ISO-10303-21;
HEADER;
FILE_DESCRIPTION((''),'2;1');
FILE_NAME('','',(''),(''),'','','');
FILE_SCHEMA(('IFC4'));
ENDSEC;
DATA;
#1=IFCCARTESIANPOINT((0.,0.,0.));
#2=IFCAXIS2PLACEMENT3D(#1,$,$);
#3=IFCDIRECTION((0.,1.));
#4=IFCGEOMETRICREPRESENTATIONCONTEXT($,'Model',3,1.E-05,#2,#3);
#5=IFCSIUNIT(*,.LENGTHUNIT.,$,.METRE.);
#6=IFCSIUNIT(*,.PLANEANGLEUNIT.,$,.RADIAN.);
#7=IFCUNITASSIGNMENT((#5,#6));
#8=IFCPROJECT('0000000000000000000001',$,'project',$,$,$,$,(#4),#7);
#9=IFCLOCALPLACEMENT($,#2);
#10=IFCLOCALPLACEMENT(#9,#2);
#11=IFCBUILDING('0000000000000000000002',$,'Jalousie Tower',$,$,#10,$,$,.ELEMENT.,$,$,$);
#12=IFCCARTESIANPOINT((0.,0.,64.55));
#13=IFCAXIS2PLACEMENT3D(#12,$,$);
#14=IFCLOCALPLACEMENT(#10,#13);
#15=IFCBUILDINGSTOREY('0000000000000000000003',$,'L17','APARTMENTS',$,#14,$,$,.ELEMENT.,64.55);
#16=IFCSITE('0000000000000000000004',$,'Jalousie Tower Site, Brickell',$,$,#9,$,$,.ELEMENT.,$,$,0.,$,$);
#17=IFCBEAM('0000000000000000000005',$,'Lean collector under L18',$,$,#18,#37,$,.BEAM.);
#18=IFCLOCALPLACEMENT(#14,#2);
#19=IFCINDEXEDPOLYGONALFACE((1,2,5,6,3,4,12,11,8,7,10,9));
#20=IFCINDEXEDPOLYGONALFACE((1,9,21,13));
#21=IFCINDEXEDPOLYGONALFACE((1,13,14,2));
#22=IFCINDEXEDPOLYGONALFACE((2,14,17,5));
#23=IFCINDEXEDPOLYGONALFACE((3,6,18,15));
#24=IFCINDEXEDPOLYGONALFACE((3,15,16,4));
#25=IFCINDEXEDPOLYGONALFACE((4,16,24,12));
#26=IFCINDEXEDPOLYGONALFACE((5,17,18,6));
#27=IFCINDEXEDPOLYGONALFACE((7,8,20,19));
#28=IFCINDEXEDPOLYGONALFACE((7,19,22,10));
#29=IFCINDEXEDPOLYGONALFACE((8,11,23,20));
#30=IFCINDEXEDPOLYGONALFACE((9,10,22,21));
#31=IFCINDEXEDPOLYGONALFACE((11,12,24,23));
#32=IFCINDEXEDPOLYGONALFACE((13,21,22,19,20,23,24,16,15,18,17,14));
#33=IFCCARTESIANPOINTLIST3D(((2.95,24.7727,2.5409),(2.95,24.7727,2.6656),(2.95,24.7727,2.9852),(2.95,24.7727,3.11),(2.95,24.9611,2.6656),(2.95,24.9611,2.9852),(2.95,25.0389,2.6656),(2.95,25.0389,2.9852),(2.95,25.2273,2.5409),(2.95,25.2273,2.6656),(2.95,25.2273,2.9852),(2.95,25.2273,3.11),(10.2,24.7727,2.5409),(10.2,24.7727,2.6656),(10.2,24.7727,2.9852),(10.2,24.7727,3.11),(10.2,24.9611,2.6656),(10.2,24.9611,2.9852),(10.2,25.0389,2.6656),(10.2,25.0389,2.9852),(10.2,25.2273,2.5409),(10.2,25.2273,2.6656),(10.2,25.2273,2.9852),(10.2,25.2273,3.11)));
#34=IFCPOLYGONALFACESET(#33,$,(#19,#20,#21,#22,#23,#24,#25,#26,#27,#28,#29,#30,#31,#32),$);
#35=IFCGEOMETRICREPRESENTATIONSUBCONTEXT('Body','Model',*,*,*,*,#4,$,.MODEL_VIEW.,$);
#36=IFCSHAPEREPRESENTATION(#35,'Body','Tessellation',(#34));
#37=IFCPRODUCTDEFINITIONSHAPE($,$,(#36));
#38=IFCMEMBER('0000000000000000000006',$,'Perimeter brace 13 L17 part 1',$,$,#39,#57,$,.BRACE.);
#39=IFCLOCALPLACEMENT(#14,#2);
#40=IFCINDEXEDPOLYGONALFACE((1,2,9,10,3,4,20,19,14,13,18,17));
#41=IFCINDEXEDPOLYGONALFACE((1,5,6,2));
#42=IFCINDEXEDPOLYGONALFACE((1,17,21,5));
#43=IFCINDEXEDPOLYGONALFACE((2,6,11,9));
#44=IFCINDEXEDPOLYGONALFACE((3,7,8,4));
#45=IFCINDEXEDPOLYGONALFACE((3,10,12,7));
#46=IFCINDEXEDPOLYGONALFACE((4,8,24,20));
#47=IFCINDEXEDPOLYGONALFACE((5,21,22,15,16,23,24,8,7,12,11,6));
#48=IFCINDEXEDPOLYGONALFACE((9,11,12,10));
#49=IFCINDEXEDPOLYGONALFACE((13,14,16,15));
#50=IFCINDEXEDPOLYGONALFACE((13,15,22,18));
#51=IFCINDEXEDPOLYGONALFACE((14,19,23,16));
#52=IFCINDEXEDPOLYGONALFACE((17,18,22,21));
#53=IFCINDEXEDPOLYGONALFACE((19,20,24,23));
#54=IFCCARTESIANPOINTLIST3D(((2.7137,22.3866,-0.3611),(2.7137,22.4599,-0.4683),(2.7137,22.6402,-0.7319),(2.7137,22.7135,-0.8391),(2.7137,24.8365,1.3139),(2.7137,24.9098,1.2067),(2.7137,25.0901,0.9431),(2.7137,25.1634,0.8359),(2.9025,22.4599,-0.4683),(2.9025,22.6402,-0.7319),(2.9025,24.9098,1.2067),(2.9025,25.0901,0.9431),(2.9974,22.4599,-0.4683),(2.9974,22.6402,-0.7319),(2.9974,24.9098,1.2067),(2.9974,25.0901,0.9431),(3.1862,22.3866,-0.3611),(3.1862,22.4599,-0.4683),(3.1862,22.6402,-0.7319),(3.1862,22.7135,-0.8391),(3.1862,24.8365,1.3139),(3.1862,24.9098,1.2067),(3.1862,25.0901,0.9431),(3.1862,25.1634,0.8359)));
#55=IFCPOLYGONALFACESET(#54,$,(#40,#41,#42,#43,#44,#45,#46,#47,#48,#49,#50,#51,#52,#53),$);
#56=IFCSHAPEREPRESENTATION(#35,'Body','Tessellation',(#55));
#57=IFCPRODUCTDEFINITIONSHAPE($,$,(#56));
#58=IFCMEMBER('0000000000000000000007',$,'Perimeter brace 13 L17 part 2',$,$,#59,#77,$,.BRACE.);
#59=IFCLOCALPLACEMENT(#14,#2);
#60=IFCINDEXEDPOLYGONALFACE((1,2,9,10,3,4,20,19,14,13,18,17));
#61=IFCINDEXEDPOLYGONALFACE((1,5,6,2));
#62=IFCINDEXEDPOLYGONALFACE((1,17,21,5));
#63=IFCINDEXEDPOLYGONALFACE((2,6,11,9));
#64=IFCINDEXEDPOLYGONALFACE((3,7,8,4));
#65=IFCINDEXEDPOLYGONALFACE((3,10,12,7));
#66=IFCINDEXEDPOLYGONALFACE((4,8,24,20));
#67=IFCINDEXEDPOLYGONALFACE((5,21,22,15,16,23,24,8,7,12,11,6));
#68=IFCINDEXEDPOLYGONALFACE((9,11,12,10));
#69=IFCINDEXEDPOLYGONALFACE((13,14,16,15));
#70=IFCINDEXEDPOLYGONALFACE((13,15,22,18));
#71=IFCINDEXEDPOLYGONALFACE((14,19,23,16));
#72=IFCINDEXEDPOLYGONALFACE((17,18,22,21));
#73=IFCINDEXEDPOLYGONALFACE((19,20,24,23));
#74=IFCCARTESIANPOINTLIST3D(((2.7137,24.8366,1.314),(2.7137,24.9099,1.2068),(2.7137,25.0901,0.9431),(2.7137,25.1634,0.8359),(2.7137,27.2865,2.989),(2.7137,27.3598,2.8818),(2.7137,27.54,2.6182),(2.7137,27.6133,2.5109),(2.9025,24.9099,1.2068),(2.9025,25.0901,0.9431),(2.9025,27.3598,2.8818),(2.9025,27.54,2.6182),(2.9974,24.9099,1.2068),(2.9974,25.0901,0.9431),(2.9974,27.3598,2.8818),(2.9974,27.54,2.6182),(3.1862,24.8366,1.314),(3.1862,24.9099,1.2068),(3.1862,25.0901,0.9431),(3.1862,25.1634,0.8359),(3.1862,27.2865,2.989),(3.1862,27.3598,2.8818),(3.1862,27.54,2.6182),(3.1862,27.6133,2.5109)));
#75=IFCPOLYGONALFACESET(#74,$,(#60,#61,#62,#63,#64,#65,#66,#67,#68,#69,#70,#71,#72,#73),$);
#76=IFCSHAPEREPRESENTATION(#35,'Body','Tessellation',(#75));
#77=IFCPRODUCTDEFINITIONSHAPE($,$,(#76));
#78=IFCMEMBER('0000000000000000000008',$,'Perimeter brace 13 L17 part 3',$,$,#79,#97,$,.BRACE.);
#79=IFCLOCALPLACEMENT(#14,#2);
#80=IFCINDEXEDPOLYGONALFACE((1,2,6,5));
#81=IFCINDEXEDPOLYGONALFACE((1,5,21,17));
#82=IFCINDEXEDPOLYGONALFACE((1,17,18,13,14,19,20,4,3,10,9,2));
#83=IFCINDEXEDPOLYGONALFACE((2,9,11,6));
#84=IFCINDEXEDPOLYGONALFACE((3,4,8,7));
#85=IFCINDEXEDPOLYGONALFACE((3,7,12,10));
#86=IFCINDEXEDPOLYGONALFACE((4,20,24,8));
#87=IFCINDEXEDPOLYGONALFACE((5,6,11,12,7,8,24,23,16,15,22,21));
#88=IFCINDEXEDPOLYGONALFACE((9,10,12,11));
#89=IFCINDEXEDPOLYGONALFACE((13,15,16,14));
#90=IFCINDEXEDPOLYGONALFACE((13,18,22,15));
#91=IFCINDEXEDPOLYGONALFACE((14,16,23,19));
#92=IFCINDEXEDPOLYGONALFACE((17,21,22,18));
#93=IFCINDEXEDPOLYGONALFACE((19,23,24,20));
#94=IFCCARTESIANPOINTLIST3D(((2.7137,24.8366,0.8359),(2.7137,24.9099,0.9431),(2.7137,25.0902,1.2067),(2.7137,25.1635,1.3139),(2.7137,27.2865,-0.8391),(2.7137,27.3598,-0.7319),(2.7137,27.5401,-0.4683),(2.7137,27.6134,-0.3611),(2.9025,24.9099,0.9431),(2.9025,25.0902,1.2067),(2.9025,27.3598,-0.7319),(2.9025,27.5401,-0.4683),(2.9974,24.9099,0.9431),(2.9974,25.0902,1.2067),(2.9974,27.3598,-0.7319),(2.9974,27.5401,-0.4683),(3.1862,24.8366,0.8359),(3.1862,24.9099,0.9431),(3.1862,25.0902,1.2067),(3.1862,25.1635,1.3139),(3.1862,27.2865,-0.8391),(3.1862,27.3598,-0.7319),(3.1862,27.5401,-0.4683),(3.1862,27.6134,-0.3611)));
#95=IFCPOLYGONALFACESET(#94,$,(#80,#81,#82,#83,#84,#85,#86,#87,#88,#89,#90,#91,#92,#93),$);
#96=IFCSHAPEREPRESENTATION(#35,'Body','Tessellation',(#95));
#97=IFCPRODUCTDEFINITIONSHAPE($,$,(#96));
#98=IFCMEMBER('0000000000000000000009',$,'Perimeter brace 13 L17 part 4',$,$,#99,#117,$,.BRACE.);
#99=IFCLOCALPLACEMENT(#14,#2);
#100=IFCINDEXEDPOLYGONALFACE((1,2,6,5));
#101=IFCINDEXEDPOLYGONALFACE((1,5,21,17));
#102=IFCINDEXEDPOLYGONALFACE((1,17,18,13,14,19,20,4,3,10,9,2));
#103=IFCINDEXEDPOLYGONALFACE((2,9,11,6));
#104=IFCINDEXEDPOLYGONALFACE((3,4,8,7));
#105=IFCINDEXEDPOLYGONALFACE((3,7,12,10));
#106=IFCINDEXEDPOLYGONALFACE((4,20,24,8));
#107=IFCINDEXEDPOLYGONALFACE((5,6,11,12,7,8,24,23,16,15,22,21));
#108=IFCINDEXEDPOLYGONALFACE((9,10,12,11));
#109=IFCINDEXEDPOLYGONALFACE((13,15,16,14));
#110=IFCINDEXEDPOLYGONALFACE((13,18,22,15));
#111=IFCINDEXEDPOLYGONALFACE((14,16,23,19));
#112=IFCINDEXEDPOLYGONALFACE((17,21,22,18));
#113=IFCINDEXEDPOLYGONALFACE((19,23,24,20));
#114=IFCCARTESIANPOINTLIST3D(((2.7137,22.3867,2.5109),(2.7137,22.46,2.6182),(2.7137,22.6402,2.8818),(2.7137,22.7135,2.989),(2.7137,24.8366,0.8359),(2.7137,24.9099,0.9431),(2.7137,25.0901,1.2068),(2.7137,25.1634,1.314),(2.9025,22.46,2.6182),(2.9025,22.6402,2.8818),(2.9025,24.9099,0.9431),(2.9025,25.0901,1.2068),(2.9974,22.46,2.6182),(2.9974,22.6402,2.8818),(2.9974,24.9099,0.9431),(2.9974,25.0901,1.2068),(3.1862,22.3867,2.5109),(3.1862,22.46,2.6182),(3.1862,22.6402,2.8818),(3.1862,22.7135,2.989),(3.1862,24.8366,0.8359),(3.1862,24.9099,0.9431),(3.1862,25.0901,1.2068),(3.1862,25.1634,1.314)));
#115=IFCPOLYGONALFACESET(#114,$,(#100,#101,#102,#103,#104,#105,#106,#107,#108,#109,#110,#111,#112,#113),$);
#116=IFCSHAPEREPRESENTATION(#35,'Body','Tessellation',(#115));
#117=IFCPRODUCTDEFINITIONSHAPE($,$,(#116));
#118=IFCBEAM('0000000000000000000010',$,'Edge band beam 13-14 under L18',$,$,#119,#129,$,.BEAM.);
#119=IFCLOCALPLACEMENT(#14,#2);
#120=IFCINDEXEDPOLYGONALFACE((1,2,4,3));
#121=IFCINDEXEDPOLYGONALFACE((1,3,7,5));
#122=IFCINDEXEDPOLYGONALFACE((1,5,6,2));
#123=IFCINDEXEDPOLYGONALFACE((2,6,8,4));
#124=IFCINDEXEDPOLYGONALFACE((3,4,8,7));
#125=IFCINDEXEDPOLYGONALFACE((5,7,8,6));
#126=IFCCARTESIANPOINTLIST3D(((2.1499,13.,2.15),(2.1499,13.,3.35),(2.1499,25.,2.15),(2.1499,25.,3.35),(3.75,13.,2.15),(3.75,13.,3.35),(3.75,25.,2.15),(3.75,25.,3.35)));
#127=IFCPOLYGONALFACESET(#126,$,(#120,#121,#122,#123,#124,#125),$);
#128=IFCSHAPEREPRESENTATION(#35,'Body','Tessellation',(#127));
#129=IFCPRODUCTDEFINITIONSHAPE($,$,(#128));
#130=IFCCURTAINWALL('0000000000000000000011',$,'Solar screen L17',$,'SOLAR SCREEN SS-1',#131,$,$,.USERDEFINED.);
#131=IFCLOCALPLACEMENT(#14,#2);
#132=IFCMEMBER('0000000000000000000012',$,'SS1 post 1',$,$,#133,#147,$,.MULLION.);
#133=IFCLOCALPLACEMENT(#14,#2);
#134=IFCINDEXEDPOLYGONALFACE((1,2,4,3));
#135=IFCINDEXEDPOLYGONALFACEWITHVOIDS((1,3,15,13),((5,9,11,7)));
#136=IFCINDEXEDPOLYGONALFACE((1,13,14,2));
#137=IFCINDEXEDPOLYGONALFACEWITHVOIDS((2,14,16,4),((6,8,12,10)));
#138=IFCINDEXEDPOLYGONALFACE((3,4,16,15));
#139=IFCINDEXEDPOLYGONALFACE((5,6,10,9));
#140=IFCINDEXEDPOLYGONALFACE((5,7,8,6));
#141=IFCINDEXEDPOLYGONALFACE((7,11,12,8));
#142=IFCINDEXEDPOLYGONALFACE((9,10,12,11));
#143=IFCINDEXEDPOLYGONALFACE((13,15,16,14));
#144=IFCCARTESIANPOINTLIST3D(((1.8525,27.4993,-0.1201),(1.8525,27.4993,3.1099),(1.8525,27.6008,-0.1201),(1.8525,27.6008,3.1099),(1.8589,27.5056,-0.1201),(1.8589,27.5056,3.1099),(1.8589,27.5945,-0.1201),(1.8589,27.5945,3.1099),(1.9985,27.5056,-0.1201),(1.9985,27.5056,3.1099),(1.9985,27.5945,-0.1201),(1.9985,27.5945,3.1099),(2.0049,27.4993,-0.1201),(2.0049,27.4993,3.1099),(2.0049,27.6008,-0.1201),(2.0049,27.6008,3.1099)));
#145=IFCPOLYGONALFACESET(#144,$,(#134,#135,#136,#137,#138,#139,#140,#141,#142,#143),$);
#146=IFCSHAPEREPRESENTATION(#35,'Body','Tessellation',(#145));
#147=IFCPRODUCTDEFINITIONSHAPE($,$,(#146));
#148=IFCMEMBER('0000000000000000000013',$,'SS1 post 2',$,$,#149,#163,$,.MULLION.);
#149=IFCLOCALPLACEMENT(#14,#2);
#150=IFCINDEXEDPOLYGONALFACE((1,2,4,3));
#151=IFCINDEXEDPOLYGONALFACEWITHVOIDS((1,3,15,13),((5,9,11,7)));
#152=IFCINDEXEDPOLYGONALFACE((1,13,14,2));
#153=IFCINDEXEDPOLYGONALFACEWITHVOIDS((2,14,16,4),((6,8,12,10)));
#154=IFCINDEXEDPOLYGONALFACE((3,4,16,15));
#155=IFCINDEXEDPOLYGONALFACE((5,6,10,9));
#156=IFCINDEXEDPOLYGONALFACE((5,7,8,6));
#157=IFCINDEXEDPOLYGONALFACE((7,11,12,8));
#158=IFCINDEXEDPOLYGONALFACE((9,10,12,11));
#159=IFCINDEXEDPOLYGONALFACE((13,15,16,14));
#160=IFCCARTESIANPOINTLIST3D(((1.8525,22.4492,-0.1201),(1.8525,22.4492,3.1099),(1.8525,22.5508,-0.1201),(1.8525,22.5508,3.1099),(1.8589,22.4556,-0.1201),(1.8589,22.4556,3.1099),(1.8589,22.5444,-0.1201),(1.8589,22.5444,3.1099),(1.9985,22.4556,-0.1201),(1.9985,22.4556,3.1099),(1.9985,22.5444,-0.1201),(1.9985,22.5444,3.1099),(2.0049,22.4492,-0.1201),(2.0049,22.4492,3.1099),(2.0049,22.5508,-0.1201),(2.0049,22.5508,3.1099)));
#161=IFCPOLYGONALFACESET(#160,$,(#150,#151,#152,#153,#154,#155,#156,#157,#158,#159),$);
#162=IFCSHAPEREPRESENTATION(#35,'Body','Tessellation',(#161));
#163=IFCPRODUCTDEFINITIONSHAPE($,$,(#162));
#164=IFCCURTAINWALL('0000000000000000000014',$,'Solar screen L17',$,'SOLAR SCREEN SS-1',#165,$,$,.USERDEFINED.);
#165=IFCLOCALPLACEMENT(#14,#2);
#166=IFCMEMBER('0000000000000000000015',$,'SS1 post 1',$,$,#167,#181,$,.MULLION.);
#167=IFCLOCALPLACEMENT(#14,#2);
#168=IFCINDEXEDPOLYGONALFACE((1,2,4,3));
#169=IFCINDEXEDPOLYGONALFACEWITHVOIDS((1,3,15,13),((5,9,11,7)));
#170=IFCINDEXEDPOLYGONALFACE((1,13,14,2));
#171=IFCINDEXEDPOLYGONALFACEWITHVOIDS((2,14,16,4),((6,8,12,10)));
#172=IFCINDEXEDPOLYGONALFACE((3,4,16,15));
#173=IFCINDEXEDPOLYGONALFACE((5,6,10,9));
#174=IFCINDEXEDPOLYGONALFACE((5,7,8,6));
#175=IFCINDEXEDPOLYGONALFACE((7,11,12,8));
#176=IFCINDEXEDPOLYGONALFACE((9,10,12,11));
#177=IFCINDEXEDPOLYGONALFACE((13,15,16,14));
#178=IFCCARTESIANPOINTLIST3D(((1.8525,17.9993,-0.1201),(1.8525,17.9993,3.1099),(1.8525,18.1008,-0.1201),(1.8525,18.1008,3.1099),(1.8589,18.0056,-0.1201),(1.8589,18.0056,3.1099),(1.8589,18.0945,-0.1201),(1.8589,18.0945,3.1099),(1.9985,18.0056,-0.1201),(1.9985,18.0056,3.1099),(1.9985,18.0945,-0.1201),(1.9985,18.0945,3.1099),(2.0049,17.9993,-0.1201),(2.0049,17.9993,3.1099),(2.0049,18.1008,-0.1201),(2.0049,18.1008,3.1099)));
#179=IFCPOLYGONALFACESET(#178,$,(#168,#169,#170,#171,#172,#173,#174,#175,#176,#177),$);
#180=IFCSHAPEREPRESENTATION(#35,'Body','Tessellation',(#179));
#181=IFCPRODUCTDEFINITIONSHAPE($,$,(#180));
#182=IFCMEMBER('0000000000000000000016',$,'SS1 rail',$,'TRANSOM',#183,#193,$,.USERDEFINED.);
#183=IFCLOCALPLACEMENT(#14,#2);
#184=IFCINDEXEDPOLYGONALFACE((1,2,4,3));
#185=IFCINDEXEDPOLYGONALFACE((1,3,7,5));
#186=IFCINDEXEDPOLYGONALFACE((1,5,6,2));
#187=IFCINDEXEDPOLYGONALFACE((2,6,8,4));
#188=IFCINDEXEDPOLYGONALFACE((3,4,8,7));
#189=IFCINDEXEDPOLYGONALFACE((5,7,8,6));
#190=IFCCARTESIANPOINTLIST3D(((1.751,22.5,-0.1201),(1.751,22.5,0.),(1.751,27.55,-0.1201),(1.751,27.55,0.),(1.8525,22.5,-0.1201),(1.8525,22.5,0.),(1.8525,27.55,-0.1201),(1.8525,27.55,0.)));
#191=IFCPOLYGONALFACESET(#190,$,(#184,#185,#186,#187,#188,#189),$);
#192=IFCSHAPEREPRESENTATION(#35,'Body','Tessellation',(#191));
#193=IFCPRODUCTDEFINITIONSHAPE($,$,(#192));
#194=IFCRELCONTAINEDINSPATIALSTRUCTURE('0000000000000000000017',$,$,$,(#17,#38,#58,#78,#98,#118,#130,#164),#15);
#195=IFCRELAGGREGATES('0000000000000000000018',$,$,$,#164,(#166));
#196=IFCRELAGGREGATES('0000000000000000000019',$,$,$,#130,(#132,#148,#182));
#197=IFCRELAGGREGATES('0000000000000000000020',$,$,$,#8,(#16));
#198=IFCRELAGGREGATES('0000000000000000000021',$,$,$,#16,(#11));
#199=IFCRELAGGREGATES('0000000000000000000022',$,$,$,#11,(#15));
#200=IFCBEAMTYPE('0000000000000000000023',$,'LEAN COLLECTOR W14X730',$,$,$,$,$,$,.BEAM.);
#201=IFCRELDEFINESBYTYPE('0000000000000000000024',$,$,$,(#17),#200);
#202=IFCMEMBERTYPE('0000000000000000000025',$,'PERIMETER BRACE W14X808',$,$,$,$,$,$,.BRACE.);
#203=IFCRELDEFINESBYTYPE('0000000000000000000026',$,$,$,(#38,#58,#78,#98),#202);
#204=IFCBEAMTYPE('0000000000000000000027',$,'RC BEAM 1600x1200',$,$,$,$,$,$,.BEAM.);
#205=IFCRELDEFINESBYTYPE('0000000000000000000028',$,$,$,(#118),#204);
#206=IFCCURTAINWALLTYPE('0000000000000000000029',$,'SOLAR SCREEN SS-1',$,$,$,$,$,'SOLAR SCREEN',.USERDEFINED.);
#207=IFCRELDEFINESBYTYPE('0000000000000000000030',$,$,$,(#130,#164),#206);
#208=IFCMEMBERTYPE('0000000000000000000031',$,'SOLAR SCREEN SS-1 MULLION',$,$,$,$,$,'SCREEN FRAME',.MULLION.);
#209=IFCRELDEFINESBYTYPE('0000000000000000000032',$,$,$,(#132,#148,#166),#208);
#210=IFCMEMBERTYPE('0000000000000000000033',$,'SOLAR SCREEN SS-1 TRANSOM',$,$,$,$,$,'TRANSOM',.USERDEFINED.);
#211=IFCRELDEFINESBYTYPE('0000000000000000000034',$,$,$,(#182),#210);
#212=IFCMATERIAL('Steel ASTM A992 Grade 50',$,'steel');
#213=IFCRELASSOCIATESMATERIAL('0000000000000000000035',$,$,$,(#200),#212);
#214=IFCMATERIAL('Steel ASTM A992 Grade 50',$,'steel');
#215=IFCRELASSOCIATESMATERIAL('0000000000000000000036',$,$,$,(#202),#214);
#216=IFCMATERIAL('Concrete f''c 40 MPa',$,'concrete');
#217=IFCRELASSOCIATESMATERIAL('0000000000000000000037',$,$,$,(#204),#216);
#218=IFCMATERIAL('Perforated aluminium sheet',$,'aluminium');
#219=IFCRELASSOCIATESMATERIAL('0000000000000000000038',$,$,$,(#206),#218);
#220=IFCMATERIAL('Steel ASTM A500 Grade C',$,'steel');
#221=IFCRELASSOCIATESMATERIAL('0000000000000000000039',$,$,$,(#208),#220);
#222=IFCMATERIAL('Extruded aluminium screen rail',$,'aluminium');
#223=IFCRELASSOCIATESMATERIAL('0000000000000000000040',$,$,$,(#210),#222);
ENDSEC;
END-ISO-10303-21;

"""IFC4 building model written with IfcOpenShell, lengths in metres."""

from ifc_helpers import new_model, si_unit, direction, frame, origin, origin_2d, place, context, subcontext, project, spatial, rectangle, hollow_rectangle, i_section, extrude, material, material_profile, profile_set, type_object, element, aggregate, save


model = new_model("IFC4")

# Units and contexts
model_context = context("Model", 3, precision=1e-05, world=origin(), true_north=direction((0.0, 1.0)))
body_context = subcontext(model_context, "Body", "Model", "MODEL_VIEW")
ifc_project = project(units=[si_unit("LENGTHUNIT", "METRE"), si_unit("PLANEANGLEUNIT", "RADIAN")], contexts=[model_context])

# Site, building, storey
site_placement = place(None, origin())
site = spatial("IfcSite", under=ifc_project, at=site_placement, Name="Jalousie Tower Site, Brickell", CompositionType="ELEMENT", RefElevation=0.0)
building_placement = place(site_placement, origin())
building = spatial("IfcBuilding", under=site, at=building_placement, Name="Jalousie Tower", CompositionType="ELEMENT")
storey_placement = place(building_placement, frame((0.0, 0.0, 64.55)))
storey = spatial("IfcBuildingStorey", under=building, at=storey_placement, Name="L17", Description="APARTMENTS", CompositionType="ELEMENT", Elevation=64.55)

# Beam
ifc_material_1 = material(Name="Steel ASTM A992 Grade 50", Category="steel")
ifc_material_profile_1 = material_profile(ifc_material_1, i_section(OverallWidth=0.4546, OverallDepth=0.5691, WebThickness=0.0779, FlangeThickness=0.1248, at=origin_2d()), Name="W14X730")
ifc_profile_set_1 = profile_set([ifc_material_profile_1], Name="Steel ASTM A992 Grade 50")
beam_type_1 = type_object("IfcBeamType", Name="LEAN COLLECTOR W14X730", PredefinedType="BEAM", material=ifc_profile_set_1)
beam_1_placement = place(storey_placement, frame((2.95, 25.0, 2.8254), z_axis=(1.0, 0.0, 0.0), x_axis=(0.0, 1.0, 0.0)))
element("IfcBeam", 1, at=beam_1_placement, inside=storey, type_object=beam_type_1, Name="Lean collector under L18", PredefinedType="BEAM", context=body_context, shape_type="SweptSolid", body=[
    extrude(i_section(OverallWidth=0.4546, OverallDepth=0.5691, WebThickness=0.0779, FlangeThickness=0.1248, at=origin_2d()), origin(), (0.0, 0.0, 1.0), 7.25),
])

# Members
ifc_material_2 = material(Name="Steel ASTM A992 Grade 50", Category="steel")
ifc_material_profile_2 = material_profile(ifc_material_2, i_section(OverallWidth=0.4724, OverallDepth=0.5791, WebThickness=0.095, FlangeThickness=0.1299, at=origin_2d()), Name="W14X808")
ifc_profile_set_2 = profile_set([ifc_material_profile_2], Name="Steel ASTM A992 Grade 50")
member_type_1 = type_object("IfcMemberType", Name="PERIMETER BRACE W14X808", PredefinedType="BRACE", material=ifc_profile_set_2)
for number, where, z_axis, x_axis, name in (
    (2, (2.95, 22.55, -0.6001), (0.0, 0.825501, 0.564401), (-1.0, 0.0, 0.0), "Perimeter brace 13 L17 part 1"),
    (3, (2.95, 25.0, 1.075), (0.0, 0.825501, 0.564401), (-1.0, 0.0, 0.0), "Perimeter brace 13 L17 part 2"),
    (4, (2.95, 27.45, -0.6001), (0.0, -0.825501, 0.564401), (1.0, 0.0, 0.0), "Perimeter brace 13 L17 part 3"),
    (5, (2.95, 25.0, 1.075), (0.0, -0.825501, 0.564401), (1.0, 0.0, 0.0), "Perimeter brace 13 L17 part 4"),
):
    element("IfcMember", number, at=place(storey_placement, frame(where, z_axis=z_axis, x_axis=x_axis)), inside=storey, type_object=member_type_1, Name=name, PredefinedType="BRACE", context=body_context, shape_type="SweptSolid", body=[
        extrude(i_section(OverallWidth=0.4724, OverallDepth=0.5791, WebThickness=0.095, FlangeThickness=0.1299, at=origin_2d()), origin(), (0.0, 0.0, 1.0), 2.9678),
    ])

# Beam
ifc_material_3 = material(Name="Concrete f'c 40 MPa", Category="concrete")
ifc_material_profile_3 = material_profile(ifc_material_3, rectangle(XDim=1.6001, YDim=1.2, at=origin_2d()), Name="RC 1600x1200")
ifc_profile_set_3 = profile_set([ifc_material_profile_3], Name="Concrete f'c 40 MPa")
beam_type_2 = type_object("IfcBeamType", Name="RC BEAM 1600x1200", PredefinedType="BEAM", material=ifc_profile_set_3)
beam_2_placement = place(storey_placement, frame((2.95, 25.0, 2.75), z_axis=(0.0, -1.0, 0.0), x_axis=(1.0, 0.0, 0.0)))
element("IfcBeam", 6, at=beam_2_placement, inside=storey, type_object=beam_type_2, Name="Edge band beam 13-14 under L18", PredefinedType="BEAM", context=body_context, shape_type="SweptSolid", body=[
    extrude(rectangle(XDim=1.6001, YDim=1.2, at=origin_2d()), origin(), (0.0, 0.0, 1.0), 12.0),
])

# Curtain wall, members
ifc_material_4 = material(Name="Perforated aluminium sheet", Category="aluminium")
curtain_wall_type = type_object("IfcCurtainWallType", Name="SOLAR SCREEN SS-1", ElementType="SOLAR SCREEN", PredefinedType="USERDEFINED", material=ifc_material_4)
curtain_wall_1_placement = place(storey_placement, origin())
curtain_wall_1 = element("IfcCurtainWall", 7, at=curtain_wall_1_placement, inside=storey, type_object=curtain_wall_type, Name="Solar screen L17", ObjectType="SOLAR SCREEN SS-1", PredefinedType="USERDEFINED")
ifc_material_5 = material(Name="Steel ASTM A500 Grade C", Category="steel")
ifc_material_profile_4 = material_profile(ifc_material_5, hollow_rectangle(XDim=0.1016, YDim=0.1523, WallThickness=0.0063, at=origin_2d()), Name="HSS6X4X1/4")
ifc_profile_set_4 = profile_set([ifc_material_profile_4], Name="Steel ASTM A500 Grade C")
member_type_2 = type_object("IfcMemberType", Name="SOLAR SCREEN SS-1 MULLION", ElementType="SCREEN FRAME", PredefinedType="MULLION", material=ifc_profile_set_4)
member_1_placement = place(storey_placement, frame((1.9287, 27.55, -0.1201), z_axis=(0.0, 0.0, 1.0), x_axis=(0.0, -1.0, 0.0)))
member_1 = element("IfcMember", 8, at=member_1_placement, type_object=member_type_2, Name="SS1 post 1", PredefinedType="MULLION", context=body_context, shape_type="SweptSolid", body=[
    extrude(hollow_rectangle(XDim=0.1016, YDim=0.1523, WallThickness=0.0063, at=origin_2d()), origin(), (0.0, 0.0, 1.0), 3.23),
])
member_2_placement = place(storey_placement, frame((1.9287, 22.5, -0.1201), z_axis=(0.0, 0.0, 1.0), x_axis=(0.0, -1.0, 0.0)))
member_2 = element("IfcMember", 9, at=member_2_placement, type_object=member_type_2, Name="SS1 post 2", PredefinedType="MULLION", context=body_context, shape_type="SweptSolid", body=[
    extrude(hollow_rectangle(XDim=0.1016, YDim=0.1523, WallThickness=0.0063, at=origin_2d()), origin(), (0.0, 0.0, 1.0), 3.23),
])

# Curtain wall, member
curtain_wall_2_placement = place(storey_placement, origin())
curtain_wall_2 = element("IfcCurtainWall", 10, at=curtain_wall_2_placement, inside=storey, type_object=curtain_wall_type, Name="Solar screen L17", ObjectType="SOLAR SCREEN SS-1", PredefinedType="USERDEFINED")
member_3_placement = place(storey_placement, frame((1.9287, 18.05, -0.1201), z_axis=(0.0, 0.0, 1.0), x_axis=(0.0, -1.0, 0.0)))
member_3 = element("IfcMember", 11, at=member_3_placement, type_object=member_type_2, Name="SS1 post 1", PredefinedType="MULLION", context=body_context, shape_type="SweptSolid", body=[
    extrude(hollow_rectangle(XDim=0.1016, YDim=0.1523, WallThickness=0.0063, at=origin_2d()), origin(), (0.0, 0.0, 1.0), 3.23),
])

# Member
ifc_material_6 = material(Name="Extruded aluminium screen rail", Category="aluminium")
ifc_material_profile_5 = material_profile(ifc_material_6, rectangle(XDim=0.1016, YDim=0.1201, at=origin_2d()), Name="RAIL 102x120")
ifc_profile_set_5 = profile_set([ifc_material_profile_5], Name="Extruded aluminium screen rail")
member_type_3 = type_object("IfcMemberType", Name="SOLAR SCREEN SS-1 TRANSOM", ElementType="TRANSOM", PredefinedType="USERDEFINED", material=ifc_profile_set_5)
member_4_placement = place(storey_placement, frame((1.8018, 27.55, -0.0601), z_axis=(0.0, -1.0, 0.0), x_axis=(1.0, 0.0, 0.0)))
member_4 = element("IfcMember", 12, at=member_4_placement, type_object=member_type_3, Name="SS1 rail", ObjectType="TRANSOM", PredefinedType="USERDEFINED", context=body_context, shape_type="SweptSolid", body=[
    extrude(rectangle(XDim=0.1016, YDim=0.1201, at=origin_2d()), origin(), (0.0, 0.0, 1.0), 5.05),
])
aggregate(curtain_wall_2, [member_3])

aggregate(curtain_wall_1, [member_1, member_2, member_4])

save(model, "model.ifc")
